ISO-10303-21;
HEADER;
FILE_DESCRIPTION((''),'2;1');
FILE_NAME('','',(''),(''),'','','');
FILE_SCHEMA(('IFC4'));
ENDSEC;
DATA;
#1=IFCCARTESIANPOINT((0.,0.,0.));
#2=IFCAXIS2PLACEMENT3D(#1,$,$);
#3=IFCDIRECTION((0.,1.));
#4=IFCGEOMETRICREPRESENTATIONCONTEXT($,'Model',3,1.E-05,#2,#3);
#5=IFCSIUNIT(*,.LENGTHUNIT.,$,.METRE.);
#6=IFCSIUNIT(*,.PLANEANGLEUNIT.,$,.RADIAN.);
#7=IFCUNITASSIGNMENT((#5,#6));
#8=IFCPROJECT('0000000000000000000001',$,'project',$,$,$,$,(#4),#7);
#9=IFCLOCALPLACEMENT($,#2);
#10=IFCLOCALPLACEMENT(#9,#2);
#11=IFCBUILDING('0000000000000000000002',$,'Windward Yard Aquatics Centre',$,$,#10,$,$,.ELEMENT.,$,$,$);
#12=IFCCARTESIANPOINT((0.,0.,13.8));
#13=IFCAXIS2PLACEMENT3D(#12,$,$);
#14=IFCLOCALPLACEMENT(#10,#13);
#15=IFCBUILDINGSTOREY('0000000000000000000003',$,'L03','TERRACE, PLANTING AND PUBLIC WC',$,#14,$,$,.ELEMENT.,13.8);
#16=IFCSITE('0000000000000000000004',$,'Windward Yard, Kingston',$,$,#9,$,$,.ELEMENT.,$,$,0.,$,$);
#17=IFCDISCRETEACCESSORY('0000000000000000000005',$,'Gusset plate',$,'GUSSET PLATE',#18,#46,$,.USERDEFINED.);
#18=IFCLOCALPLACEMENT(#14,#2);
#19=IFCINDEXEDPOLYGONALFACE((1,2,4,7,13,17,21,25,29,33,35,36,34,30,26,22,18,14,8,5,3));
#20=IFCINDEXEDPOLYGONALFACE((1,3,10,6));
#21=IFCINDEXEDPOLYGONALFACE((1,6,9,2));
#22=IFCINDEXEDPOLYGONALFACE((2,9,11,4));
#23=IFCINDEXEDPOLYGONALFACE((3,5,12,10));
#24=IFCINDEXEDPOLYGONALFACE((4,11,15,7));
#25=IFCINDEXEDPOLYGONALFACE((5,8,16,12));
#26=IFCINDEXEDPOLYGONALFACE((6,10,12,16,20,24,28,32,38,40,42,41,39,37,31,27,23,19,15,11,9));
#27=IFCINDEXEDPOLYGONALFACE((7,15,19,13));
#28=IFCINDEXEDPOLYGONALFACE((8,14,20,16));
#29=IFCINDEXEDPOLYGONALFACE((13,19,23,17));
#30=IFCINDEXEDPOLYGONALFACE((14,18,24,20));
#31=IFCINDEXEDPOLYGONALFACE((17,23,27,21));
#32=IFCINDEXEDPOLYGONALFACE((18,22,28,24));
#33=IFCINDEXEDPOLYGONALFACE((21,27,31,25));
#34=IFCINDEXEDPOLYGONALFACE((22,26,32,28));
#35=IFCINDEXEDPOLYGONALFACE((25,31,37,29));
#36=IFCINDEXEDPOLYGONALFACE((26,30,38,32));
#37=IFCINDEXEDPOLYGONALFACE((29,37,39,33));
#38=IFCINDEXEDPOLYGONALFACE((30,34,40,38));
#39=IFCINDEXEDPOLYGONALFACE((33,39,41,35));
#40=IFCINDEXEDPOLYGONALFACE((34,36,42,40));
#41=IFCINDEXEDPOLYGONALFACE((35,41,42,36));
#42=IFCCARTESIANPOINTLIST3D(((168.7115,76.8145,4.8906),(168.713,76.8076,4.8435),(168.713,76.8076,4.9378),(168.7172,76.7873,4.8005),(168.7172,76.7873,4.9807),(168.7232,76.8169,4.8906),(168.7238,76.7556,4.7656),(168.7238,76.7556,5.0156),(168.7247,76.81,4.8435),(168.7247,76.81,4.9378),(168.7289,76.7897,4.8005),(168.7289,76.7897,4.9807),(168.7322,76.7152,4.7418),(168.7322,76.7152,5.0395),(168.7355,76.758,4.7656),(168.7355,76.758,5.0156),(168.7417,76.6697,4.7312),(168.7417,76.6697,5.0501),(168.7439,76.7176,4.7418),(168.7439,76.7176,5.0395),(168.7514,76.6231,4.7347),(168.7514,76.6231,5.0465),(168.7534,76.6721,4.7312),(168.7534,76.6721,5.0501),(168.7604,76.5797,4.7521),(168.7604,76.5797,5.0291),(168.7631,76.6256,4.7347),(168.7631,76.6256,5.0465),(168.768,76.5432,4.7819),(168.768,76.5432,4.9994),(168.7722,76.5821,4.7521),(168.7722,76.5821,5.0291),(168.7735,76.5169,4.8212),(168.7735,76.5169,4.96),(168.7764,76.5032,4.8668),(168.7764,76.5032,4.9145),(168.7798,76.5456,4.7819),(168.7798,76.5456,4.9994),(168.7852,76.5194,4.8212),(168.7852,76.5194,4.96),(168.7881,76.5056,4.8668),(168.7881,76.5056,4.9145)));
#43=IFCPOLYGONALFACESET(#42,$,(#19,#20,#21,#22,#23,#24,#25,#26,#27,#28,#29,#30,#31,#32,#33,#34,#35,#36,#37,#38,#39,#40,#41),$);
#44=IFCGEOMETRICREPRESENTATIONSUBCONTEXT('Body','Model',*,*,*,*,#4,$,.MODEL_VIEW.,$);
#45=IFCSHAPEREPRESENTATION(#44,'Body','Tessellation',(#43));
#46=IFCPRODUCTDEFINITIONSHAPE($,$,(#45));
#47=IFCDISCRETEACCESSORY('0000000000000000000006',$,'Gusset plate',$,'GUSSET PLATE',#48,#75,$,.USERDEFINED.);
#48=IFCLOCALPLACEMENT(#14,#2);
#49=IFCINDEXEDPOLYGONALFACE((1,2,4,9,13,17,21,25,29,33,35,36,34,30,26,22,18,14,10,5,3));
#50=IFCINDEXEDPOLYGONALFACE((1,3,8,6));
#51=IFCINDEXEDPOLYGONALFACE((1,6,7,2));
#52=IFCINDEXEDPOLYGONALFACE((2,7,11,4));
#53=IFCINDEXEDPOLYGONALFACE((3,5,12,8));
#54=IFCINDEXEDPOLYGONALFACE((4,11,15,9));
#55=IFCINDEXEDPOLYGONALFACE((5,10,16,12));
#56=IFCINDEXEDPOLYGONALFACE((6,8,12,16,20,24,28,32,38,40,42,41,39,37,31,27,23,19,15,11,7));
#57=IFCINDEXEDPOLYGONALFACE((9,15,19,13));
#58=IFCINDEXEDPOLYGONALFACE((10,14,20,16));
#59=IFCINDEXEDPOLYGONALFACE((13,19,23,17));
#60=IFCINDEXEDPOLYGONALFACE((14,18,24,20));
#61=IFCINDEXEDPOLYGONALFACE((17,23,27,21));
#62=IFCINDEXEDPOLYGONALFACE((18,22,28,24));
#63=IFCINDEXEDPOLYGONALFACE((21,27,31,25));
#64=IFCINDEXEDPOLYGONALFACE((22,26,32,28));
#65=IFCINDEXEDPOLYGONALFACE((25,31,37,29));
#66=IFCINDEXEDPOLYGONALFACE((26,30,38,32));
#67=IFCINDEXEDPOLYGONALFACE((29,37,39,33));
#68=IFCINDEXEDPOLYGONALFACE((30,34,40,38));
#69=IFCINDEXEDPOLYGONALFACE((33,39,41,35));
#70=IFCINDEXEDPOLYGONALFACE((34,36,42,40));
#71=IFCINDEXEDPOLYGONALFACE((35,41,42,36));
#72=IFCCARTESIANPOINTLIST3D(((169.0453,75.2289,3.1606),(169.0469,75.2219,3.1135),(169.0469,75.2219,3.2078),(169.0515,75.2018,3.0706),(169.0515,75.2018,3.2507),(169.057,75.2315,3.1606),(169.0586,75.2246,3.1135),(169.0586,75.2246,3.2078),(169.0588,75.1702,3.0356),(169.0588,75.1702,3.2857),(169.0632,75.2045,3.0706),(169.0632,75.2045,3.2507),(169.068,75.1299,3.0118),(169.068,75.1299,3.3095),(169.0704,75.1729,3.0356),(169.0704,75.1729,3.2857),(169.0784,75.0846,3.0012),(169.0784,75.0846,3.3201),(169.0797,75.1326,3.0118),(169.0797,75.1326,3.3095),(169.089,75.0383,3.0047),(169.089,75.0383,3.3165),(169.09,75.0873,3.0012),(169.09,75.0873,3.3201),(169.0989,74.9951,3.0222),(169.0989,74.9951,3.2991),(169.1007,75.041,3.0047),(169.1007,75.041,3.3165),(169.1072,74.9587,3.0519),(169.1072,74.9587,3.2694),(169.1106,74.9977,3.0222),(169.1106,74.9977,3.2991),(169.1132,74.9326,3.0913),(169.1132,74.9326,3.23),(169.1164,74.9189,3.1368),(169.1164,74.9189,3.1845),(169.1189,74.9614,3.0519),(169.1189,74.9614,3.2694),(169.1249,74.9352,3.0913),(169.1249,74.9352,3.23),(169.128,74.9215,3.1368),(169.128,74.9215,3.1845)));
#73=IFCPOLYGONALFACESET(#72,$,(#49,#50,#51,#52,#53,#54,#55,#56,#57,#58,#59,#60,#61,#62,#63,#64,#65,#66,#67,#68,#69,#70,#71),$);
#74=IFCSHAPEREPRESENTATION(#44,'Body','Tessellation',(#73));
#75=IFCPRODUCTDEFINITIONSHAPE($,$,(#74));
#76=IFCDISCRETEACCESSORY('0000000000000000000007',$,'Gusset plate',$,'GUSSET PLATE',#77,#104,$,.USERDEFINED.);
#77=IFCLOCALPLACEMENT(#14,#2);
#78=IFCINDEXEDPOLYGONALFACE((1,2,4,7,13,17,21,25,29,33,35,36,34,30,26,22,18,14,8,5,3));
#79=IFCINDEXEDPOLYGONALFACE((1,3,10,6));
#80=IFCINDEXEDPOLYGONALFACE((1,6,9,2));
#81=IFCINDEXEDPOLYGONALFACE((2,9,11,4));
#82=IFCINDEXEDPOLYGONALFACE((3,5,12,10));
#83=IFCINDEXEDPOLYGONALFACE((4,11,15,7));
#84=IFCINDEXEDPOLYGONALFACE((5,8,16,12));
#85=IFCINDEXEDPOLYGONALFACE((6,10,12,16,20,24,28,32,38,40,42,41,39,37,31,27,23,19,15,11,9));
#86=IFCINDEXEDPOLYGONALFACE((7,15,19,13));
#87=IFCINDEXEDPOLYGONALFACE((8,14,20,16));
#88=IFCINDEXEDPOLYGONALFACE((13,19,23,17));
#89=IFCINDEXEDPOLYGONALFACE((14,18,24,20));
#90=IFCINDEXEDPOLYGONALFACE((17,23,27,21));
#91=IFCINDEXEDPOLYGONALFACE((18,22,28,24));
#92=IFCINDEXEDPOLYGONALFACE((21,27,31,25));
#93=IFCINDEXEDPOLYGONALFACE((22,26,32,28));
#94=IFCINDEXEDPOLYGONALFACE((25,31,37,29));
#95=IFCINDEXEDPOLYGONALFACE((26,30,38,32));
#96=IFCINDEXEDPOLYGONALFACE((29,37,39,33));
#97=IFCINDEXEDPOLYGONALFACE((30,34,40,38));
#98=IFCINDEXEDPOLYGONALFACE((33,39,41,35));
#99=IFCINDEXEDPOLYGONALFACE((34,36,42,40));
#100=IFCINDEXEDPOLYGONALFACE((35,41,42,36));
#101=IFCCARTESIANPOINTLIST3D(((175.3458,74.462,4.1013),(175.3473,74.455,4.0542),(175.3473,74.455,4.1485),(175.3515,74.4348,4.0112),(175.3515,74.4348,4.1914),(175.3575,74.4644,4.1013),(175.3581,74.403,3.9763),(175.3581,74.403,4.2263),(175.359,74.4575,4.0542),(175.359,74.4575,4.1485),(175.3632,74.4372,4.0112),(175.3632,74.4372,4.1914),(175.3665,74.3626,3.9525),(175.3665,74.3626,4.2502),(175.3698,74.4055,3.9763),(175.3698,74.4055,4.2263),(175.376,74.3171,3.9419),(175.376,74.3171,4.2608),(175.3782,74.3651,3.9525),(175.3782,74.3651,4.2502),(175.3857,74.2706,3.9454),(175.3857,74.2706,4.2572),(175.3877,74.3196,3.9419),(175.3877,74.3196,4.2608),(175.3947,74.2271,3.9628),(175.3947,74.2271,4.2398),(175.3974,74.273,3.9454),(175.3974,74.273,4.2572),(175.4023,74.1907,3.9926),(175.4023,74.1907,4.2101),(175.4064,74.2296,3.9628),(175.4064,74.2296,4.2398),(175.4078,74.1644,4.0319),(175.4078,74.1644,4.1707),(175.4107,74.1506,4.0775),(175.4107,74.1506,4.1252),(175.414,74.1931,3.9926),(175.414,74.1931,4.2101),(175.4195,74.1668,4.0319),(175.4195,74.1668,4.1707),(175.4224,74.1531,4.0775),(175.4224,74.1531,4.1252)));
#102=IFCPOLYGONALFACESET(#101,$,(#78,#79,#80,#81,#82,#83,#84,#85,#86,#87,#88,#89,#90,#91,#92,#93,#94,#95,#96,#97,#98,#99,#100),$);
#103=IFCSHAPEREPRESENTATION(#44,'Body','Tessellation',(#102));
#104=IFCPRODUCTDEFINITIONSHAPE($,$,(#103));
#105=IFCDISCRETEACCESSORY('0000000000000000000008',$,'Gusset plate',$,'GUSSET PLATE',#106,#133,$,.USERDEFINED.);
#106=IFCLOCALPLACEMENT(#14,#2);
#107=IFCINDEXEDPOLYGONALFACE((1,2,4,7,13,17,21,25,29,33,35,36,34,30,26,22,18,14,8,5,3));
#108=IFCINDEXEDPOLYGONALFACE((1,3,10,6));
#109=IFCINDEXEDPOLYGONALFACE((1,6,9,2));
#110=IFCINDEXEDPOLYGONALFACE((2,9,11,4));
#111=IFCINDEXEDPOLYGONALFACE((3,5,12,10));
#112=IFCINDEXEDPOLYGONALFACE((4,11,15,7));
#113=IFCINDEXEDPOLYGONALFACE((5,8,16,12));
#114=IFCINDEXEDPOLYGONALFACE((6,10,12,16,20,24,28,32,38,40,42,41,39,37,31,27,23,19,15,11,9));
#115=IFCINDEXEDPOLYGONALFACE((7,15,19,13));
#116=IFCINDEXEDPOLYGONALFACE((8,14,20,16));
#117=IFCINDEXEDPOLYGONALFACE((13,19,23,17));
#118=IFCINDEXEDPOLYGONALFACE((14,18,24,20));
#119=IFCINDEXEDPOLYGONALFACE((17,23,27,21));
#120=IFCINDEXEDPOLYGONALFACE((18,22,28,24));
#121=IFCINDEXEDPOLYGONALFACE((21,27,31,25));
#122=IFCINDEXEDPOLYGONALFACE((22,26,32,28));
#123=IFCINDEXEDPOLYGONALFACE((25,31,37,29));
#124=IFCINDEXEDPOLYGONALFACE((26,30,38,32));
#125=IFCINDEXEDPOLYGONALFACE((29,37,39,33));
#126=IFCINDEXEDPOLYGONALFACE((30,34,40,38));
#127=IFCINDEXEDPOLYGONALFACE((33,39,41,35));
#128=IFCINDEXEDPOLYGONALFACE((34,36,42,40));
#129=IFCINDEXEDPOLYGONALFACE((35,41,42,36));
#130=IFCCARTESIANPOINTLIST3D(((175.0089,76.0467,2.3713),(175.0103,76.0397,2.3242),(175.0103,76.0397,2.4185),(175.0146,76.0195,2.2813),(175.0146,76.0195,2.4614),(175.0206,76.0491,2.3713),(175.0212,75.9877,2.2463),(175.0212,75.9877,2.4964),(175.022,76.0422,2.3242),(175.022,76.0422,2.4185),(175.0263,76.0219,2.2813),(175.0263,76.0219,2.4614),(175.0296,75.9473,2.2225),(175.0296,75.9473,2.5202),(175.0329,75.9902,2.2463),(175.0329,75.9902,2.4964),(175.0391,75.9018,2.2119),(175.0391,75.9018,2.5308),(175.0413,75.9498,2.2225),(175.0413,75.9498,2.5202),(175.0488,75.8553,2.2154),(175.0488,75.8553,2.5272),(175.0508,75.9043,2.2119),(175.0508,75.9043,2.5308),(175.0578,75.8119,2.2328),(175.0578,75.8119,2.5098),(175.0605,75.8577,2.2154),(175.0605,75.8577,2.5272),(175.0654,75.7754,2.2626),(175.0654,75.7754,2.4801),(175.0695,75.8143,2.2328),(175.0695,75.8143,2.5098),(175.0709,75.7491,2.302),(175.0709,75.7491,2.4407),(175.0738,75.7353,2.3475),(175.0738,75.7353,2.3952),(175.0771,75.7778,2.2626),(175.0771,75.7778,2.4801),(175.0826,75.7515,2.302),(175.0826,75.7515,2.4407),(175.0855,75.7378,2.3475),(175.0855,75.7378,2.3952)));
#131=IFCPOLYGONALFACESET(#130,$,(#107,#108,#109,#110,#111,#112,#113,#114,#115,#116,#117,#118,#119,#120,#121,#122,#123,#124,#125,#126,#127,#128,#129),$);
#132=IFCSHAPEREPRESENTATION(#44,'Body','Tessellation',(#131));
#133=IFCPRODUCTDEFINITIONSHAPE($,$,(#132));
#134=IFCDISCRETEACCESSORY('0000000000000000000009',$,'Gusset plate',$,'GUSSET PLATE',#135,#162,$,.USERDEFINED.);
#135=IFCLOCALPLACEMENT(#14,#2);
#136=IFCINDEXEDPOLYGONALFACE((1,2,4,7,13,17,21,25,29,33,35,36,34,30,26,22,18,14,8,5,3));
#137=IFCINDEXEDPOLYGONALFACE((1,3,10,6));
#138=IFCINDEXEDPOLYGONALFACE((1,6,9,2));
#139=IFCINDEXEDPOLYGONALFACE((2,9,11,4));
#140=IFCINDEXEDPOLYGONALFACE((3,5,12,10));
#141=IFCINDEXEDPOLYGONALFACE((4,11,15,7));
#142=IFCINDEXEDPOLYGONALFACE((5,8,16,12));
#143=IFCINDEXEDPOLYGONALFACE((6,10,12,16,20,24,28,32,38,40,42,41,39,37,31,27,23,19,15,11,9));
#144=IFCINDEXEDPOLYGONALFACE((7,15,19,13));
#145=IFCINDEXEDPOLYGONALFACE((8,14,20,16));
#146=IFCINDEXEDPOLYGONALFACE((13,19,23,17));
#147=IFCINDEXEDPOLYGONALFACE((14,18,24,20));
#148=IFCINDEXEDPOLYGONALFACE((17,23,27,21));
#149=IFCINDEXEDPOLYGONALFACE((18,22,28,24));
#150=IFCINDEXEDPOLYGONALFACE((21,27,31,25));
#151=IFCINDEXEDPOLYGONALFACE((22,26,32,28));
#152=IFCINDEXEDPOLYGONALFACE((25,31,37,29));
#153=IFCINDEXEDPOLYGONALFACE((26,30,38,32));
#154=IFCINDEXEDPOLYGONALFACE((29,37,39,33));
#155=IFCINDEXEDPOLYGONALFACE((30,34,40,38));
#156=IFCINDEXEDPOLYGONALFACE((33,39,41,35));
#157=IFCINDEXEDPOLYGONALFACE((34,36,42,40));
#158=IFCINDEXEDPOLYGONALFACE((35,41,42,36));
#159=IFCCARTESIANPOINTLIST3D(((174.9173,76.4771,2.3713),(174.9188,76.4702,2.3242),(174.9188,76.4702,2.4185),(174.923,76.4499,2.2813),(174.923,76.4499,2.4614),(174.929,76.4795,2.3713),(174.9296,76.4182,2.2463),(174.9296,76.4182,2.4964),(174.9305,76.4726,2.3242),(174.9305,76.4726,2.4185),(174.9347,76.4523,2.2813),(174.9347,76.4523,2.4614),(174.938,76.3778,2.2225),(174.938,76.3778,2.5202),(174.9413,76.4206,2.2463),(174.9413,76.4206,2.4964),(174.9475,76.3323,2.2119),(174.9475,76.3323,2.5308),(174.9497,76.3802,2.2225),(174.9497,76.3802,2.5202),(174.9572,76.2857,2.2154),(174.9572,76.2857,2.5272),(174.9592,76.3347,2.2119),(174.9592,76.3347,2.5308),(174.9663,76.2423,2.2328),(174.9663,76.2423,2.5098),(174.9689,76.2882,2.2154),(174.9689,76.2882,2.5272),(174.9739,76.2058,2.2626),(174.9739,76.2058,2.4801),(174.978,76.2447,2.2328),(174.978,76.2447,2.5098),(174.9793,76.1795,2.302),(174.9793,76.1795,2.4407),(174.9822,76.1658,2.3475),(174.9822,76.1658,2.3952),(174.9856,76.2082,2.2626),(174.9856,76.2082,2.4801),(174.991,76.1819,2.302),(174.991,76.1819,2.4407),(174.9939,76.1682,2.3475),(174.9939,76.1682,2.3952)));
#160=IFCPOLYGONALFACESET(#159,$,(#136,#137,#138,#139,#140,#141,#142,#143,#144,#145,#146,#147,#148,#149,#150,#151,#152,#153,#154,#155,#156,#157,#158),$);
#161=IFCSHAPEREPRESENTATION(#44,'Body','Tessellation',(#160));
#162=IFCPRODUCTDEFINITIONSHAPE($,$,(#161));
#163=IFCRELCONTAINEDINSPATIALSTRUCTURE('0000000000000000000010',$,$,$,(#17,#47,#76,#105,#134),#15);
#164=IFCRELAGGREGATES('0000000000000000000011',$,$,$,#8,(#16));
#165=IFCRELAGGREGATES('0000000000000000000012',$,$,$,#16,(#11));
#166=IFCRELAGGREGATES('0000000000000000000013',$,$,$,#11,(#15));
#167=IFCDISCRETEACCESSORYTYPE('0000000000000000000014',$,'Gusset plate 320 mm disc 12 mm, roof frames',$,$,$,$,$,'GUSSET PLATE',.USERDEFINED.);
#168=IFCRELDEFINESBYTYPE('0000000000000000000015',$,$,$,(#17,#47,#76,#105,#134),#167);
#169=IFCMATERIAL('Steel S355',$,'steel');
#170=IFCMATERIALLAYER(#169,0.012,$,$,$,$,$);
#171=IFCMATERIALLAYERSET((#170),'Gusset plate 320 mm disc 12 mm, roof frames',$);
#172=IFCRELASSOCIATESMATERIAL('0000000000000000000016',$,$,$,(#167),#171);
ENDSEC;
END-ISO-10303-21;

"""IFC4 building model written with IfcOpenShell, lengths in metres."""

from ifc_helpers import new_model, si_unit, direction, frame, origin, origin_2d, place, context, subcontext, project, spatial, circle, extrude, material, layer, layer_set, type_object, element, save


model = new_model("IFC4")

# Units and contexts
model_context = context("Model", 3, precision=1e-05, world=origin(), true_north=direction((0.0, 1.0)))
body_context = subcontext(model_context, "Body", "Model", "MODEL_VIEW")
ifc_project = project(units=[si_unit("LENGTHUNIT", "METRE"), si_unit("PLANEANGLEUNIT", "RADIAN")], contexts=[model_context])

# Site, building, storey
site_placement = place(None, origin())
site = spatial("IfcSite", under=ifc_project, at=site_placement, Name="Windward Yard, Kingston", CompositionType="ELEMENT", RefElevation=0.0)
building_placement = place(site_placement, origin())
building = spatial("IfcBuilding", under=site, at=building_placement, Name="Windward Yard Aquatics Centre", CompositionType="ELEMENT")
storey_placement = place(building_placement, frame((0.0, 0.0, 13.8)))
storey = spatial("IfcBuildingStorey", under=building, at=storey_placement, Name="L03", Description="TERRACE, PLANTING AND PUBLIC WC", CompositionType="ELEMENT", Elevation=13.8)

# Discrete accessories
ifc_material_1 = material(Name="Steel S355", Category="steel")
ifc_layer_1 = layer(ifc_material_1, 0.012)
ifc_layer_set_1 = layer_set([ifc_layer_1], Name="Gusset plate 320 mm disc 12 mm, roof frames")
discrete_accessory_type_1 = type_object("IfcDiscreteAccessoryType", Name="Gusset plate 320 mm disc 12 mm, roof frames", ElementType="GUSSET PLATE", PredefinedType="USERDEFINED", material=ifc_layer_set_1)
for number, where, z_axis, x_axis, name in (
    (1, (168.7441, 76.658, 4.8906), (0.97898, 0.203954, 0.0), (-0.203954, 0.97898, 0.0), "Gusset plate"),
    (2, (169.0811, 75.073, 3.1606), (0.974732, 0.223376, 0.0), (-0.223376, 0.974732, 0.0), "Gusset plate"),
    (3, (175.3784, 74.3054, 4.1013), (0.97898, 0.203954, 0.0), (-0.203954, 0.97898, 0.0), "Gusset plate"),
    (4, (175.0415, 75.8901, 2.3713), (0.97898, 0.203954, 0.0), (-0.203954, 0.97898, 0.0), "Gusset plate"),
    (5, (174.95, 76.3206, 2.3713), (0.97898, 0.203954, 0.0), (-0.203954, 0.97898, 0.0), "Gusset plate"),
):
    element("IfcDiscreteAccessory", number, at=place(storey_placement, frame(where, z_axis=z_axis, x_axis=x_axis)), inside=storey, type_object=discrete_accessory_type_1, Name=name, ObjectType="GUSSET PLATE", PredefinedType="USERDEFINED", context=body_context, shape_type="SweptSolid", body=[
        extrude(circle(Radius=0.1599, at=origin_2d()), origin(), (0.0, 0.0, 1.0), 0.012),
    ])

save(model, "model.ifc")
